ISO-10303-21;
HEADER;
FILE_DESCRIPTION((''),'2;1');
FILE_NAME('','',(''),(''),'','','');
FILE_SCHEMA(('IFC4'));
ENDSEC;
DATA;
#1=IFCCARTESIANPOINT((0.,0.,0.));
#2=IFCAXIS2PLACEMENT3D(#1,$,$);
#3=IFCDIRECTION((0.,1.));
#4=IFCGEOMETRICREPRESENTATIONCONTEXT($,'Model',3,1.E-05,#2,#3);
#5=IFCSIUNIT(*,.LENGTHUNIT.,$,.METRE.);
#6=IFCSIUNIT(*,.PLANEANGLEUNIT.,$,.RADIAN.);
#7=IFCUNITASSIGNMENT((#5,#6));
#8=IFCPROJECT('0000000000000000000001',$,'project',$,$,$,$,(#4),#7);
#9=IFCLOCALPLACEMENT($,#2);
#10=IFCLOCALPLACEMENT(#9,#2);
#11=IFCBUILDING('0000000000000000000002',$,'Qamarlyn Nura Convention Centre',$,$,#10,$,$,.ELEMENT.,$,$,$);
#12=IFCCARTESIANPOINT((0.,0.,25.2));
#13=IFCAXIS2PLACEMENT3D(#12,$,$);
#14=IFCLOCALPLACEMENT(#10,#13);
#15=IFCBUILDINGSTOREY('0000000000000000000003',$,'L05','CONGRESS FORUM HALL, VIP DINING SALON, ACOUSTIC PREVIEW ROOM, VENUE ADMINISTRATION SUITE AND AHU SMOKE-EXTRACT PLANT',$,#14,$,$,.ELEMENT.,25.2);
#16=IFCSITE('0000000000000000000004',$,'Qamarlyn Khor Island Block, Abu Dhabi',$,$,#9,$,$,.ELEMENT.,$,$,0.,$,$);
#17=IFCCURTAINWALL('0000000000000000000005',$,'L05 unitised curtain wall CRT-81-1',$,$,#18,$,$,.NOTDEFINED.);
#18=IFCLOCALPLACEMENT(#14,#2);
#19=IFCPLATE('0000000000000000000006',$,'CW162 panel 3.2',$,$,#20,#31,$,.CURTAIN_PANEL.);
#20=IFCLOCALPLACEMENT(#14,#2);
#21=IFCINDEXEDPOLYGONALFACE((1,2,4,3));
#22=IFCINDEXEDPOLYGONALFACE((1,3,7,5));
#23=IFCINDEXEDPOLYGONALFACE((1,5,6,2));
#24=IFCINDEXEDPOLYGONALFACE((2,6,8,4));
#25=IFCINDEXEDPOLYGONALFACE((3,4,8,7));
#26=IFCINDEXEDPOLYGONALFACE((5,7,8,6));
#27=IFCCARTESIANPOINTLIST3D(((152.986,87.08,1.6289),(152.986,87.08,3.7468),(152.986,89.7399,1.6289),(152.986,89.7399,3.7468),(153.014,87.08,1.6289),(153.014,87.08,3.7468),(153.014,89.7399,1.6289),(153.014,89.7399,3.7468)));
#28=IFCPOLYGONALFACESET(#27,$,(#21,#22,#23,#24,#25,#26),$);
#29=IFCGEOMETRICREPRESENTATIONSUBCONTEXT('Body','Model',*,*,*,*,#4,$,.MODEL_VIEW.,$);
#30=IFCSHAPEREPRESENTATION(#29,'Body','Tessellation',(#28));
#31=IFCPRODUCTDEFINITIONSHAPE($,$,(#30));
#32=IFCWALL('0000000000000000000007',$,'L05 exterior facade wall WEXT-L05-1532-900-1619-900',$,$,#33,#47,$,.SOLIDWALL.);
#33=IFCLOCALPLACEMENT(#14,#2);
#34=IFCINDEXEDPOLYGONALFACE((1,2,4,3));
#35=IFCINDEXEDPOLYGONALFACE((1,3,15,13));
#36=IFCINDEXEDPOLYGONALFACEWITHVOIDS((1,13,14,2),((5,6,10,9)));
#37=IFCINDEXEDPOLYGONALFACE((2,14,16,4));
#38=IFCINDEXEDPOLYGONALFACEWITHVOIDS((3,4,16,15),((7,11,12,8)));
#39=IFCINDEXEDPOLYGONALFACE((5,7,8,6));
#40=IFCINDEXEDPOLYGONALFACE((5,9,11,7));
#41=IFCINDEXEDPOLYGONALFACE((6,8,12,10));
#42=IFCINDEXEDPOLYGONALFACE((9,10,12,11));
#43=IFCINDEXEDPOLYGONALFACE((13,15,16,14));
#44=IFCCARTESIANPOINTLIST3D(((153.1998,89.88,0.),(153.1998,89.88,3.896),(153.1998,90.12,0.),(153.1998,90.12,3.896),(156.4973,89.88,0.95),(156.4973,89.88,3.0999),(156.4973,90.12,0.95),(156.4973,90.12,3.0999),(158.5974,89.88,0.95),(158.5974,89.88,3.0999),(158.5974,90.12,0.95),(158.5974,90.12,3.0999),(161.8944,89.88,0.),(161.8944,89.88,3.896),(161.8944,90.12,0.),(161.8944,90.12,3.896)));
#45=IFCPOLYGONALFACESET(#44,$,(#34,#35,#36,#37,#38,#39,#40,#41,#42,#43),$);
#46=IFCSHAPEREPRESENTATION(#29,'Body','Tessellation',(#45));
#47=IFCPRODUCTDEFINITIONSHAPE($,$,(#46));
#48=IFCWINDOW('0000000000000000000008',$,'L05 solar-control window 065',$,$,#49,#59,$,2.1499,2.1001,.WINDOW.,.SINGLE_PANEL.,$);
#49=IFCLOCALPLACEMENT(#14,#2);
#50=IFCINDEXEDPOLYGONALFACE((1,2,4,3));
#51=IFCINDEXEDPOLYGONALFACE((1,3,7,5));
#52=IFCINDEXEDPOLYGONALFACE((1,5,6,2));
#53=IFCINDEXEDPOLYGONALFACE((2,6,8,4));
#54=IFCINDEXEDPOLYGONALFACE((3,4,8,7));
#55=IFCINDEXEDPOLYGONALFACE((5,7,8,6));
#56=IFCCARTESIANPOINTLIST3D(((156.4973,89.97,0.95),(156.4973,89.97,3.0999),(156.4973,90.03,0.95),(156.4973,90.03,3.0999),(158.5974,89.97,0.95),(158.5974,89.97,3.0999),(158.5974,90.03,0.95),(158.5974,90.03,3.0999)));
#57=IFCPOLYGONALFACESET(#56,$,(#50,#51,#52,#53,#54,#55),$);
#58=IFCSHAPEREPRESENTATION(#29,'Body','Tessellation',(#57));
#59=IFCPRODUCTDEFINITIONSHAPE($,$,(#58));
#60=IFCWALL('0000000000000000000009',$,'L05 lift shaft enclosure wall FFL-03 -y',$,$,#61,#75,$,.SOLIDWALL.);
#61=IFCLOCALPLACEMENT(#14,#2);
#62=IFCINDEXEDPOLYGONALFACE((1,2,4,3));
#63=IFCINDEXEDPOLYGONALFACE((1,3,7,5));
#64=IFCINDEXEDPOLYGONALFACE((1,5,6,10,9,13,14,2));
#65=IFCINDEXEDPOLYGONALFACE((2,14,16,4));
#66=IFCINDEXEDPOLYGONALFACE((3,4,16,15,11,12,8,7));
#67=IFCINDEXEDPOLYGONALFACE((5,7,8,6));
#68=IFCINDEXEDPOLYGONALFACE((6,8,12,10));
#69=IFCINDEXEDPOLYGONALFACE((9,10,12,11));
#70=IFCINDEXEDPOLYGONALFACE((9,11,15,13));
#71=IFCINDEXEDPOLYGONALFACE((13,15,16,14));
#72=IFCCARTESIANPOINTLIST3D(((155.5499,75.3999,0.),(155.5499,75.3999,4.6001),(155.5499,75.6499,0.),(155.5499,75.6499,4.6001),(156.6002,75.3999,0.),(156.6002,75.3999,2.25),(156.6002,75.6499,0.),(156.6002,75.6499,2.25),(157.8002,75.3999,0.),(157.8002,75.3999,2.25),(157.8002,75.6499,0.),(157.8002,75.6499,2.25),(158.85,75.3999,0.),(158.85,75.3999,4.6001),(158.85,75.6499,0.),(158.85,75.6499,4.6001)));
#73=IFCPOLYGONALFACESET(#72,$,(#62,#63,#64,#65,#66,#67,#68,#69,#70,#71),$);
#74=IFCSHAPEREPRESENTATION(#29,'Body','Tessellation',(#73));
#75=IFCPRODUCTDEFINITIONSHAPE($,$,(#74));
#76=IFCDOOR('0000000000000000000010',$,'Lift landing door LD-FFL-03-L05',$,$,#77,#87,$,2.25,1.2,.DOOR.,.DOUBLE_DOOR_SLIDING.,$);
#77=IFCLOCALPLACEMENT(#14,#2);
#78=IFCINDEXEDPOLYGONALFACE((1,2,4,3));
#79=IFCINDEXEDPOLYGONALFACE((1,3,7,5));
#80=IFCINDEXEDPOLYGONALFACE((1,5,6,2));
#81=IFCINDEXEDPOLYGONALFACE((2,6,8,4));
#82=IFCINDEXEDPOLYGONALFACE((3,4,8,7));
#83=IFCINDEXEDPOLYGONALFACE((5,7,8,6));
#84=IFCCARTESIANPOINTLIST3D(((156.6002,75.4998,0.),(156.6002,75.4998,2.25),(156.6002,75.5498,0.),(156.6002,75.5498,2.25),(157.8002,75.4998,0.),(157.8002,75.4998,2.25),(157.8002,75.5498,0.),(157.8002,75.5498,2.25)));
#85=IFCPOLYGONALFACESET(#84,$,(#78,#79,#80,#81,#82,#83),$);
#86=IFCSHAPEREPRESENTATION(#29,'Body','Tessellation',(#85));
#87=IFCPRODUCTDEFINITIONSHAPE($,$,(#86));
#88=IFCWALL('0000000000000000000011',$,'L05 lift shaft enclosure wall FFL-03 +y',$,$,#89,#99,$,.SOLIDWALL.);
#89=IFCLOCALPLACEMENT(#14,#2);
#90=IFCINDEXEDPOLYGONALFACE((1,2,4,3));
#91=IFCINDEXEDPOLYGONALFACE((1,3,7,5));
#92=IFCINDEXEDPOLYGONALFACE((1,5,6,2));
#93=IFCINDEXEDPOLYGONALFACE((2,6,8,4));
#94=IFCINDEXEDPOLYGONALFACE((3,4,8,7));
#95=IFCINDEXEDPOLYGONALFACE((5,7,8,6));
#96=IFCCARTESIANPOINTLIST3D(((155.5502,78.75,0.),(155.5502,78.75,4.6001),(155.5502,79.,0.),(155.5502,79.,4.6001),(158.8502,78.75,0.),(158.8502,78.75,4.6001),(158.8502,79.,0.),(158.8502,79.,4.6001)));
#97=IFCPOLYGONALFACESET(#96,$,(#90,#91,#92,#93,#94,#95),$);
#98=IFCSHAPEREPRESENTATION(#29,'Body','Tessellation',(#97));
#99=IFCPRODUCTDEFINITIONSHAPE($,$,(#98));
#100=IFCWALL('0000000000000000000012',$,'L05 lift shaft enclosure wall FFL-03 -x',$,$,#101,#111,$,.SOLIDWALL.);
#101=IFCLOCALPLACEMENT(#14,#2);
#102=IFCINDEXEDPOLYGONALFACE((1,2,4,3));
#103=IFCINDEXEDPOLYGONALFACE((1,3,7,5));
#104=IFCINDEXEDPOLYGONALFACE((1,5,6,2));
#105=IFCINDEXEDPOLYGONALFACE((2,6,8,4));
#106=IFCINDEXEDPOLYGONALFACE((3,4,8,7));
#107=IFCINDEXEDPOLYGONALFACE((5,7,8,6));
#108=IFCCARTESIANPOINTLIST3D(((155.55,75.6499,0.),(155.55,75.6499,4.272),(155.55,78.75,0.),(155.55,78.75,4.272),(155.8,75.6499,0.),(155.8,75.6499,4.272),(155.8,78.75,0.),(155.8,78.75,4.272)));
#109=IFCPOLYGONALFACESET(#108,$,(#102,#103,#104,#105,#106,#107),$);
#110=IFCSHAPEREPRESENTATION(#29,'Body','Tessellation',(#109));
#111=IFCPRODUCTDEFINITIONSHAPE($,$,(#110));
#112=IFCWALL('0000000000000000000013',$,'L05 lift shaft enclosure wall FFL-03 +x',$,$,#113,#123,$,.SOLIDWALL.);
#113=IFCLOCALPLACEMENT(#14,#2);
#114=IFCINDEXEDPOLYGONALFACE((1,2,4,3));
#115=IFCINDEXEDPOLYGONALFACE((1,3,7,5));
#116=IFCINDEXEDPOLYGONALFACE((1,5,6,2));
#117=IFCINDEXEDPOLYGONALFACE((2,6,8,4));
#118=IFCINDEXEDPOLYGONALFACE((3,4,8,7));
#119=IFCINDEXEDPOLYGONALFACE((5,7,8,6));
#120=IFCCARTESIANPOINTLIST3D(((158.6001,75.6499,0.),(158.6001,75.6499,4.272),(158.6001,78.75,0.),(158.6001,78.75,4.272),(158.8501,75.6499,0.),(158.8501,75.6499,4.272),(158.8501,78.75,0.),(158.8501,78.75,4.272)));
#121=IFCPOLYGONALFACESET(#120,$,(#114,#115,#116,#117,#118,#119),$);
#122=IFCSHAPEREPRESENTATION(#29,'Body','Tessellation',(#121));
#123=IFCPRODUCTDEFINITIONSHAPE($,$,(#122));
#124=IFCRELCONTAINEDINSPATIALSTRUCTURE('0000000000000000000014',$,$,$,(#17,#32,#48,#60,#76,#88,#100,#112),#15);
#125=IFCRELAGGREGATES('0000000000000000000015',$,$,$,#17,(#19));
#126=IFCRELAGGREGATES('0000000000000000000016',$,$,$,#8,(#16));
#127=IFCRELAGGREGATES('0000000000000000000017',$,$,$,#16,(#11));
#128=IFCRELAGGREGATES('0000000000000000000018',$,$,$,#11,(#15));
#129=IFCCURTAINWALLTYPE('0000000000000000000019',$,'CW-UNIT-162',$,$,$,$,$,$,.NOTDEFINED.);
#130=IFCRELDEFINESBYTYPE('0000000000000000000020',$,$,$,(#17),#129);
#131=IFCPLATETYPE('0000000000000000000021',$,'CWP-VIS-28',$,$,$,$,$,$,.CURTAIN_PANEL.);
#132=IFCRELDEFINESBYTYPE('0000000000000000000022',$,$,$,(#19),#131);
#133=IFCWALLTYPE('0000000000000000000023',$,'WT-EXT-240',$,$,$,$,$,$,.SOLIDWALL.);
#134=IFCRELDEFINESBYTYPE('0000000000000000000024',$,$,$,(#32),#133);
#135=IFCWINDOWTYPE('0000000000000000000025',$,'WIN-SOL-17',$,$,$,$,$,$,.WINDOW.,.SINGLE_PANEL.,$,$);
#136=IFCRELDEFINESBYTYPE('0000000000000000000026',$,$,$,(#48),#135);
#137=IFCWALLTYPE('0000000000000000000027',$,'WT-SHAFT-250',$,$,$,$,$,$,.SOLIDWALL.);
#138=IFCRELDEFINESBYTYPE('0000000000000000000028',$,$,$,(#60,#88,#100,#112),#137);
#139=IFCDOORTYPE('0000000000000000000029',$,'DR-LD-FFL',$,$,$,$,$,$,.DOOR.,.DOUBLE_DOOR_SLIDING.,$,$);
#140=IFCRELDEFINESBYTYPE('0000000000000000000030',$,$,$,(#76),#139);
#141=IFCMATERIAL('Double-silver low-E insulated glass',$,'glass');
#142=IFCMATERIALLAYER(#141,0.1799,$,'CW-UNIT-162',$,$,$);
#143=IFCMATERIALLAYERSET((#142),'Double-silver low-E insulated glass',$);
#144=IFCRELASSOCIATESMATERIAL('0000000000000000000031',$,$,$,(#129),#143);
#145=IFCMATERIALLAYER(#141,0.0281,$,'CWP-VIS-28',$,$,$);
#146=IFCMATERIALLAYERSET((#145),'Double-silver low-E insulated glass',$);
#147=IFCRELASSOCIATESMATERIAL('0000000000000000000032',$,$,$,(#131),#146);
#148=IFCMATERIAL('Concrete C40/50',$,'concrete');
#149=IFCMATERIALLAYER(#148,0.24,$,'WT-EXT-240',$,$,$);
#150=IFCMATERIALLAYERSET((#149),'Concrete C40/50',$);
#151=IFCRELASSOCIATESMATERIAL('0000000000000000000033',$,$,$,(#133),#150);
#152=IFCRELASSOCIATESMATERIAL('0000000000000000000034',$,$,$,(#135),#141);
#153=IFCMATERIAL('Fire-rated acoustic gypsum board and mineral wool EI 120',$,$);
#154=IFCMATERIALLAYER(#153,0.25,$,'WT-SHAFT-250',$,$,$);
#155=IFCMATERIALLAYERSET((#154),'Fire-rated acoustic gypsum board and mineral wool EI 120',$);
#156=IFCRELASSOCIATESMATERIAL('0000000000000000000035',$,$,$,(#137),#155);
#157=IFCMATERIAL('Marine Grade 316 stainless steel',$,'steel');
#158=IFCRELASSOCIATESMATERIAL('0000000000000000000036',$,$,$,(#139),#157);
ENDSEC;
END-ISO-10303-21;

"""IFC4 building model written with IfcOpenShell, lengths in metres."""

from ifc_helpers import new_model, si_unit, direction, frame, frame_2d, origin, origin_2d, place, context, subcontext, project, spatial, rectangle, extrude, material, layer, layer_set, type_object, element, fill, aggregate, save


model = new_model("IFC4")

# Units and contexts
model_context = context("Model", 3, precision=1e-05, world=origin(), true_north=direction((0.0, 1.0)))
body_context = subcontext(model_context, "Body", "Model", "MODEL_VIEW")
ifc_project = project(units=[si_unit("LENGTHUNIT", "METRE"), si_unit("PLANEANGLEUNIT", "RADIAN")], contexts=[model_context])

# Site, building, storey
site_placement = place(None, origin())
site = spatial("IfcSite", under=ifc_project, at=site_placement, Name="Qamarlyn Khor Island Block, Abu Dhabi", CompositionType="ELEMENT", RefElevation=0.0)
building_placement = place(site_placement, origin())
building = spatial("IfcBuilding", under=site, at=building_placement, Name="Qamarlyn Nura Convention Centre", CompositionType="ELEMENT")
storey_placement = place(building_placement, frame((0.0, 0.0, 25.2)))
storey = spatial("IfcBuildingStorey", under=building, at=storey_placement, Name="L05", Description="CONGRESS FORUM HALL, VIP DINING SALON, ACOUSTIC PREVIEW ROOM, VENUE ADMINISTRATION SUITE AND AHU SMOKE-EXTRACT PLANT", CompositionType="ELEMENT", Elevation=25.2)

# Curtain wall, plate
ifc_material_1 = material(Name="Double-silver low-E insulated glass", Category="glass")
ifc_layer_1 = layer(ifc_material_1, 0.1799, Name="CW-UNIT-162")
ifc_layer_set_1 = layer_set([ifc_layer_1], Name="Double-silver low-E insulated glass")
curtain_wall_type = type_object("IfcCurtainWallType", Name="CW-UNIT-162", PredefinedType="NOTDEFINED", material=ifc_layer_set_1)
curtain_wall_placement = place(storey_placement, origin())
curtain_wall = element("IfcCurtainWall", 1, at=curtain_wall_placement, inside=storey, type_object=curtain_wall_type, Name="L05 unitised curtain wall CRT-81-1", PredefinedType="NOTDEFINED")
ifc_layer_2 = layer(ifc_material_1, 0.0281, Name="CWP-VIS-28")
ifc_layer_set_2 = layer_set([ifc_layer_2], Name="Double-silver low-E insulated glass")
plate_type = type_object("IfcPlateType", Name="CWP-VIS-28", PredefinedType="CURTAIN_PANEL", material=ifc_layer_set_2)
plate_1_placement = place(storey_placement, frame((153.0, 88.4099, 1.6289), z_axis=(0.0, 0.0, 1.0), x_axis=(0.0, 1.0, 0.0)))
plate_1 = element("IfcPlate", 2, at=plate_1_placement, type_object=plate_type, Name="CW162 panel 3.2", PredefinedType="CURTAIN_PANEL", context=body_context, shape_type="SweptSolid", body=[
    extrude(rectangle(XDim=2.6599, YDim=0.0281, at=origin_2d()), origin(), (0.0, 0.0, 1.0), 2.1179),
])
aggregate(curtain_wall, [plate_1])

# Wall, opening, window
ifc_material_2 = material(Name="Concrete C40/50", Category="concrete")
ifc_layer_3 = layer(ifc_material_2, 0.24, Name="WT-EXT-240")
ifc_layer_set_3 = layer_set([ifc_layer_3], Name="Concrete C40/50")
wall_type_1 = type_object("IfcWallType", Name="WT-EXT-240", PredefinedType="SOLIDWALL", material=ifc_layer_set_3)
wall_1_placement = place(storey_placement, frame((153.2, 90.0, 0.0), z_axis=(0.0, 0.0, 1.0), x_axis=(1.0, 0.0, 0.0)))
wall_1 = element("IfcWall", 3, at=wall_1_placement, inside=storey, type_object=wall_type_1, Name="L05 exterior facade wall WEXT-L05-1532-900-1619-900", PredefinedType="SOLIDWALL", context=body_context, shape_type="SweptSolid", body=[
    extrude(rectangle(XDim=8.6946, YDim=0.24, at=frame_2d((4.3472, 0.0))), origin(), (0.0, 0.0, 1.0), 3.896),
])
opening_1_placement = place(wall_1_placement, frame((3.2974, 0.0, 0.95)))
opening_1 = element("IfcOpeningElement", 4, at=opening_1_placement, cuts=wall_1, PredefinedType="OPENING", context=body_context, shape_type="SweptSolid", body=[
    extrude(rectangle(XDim=2.1001, YDim=2.1499, at=frame_2d((1.05, 1.075))), frame((0.0, 0.1299, 0.0), z_axis=(0.0, -1.0, 0.0), x_axis=(1.0, 0.0, 0.0)), (0.0, 0.0, 1.0), 0.26),
])
window_type = type_object("IfcWindowType", Name="WIN-SOL-17", PartitioningType="SINGLE_PANEL", PredefinedType="WINDOW", material=ifc_material_1)
window_placement = place(opening_1_placement, origin())
window = element("IfcWindow", 5, at=window_placement, inside=storey, type_object=window_type, Name="L05 solar-control window 065", OverallHeight=2.1499, OverallWidth=2.1001, PartitioningType="SINGLE_PANEL", PredefinedType="WINDOW", context=body_context, shape_type="SweptSolid", body=[
    extrude(rectangle(XDim=2.1001, YDim=2.1499, at=frame_2d((1.05, 1.075))), frame((0.0, 0.03, 0.0), z_axis=(0.0, -1.0, 0.0), x_axis=(1.0, 0.0, 0.0)), (0.0, 0.0, 1.0), 0.0601),
])
fill(opening_1, window)

# Wall, opening, door
ifc_material_3 = material(Name="Fire-rated acoustic gypsum board and mineral wool EI 120")
ifc_layer_4 = layer(ifc_material_3, 0.25, Name="WT-SHAFT-250")
ifc_layer_set_4 = layer_set([ifc_layer_4], Name="Fire-rated acoustic gypsum board and mineral wool EI 120")
wall_type_2 = type_object("IfcWallType", Name="WT-SHAFT-250", PredefinedType="SOLIDWALL", material=ifc_layer_set_4)
wall_2_placement = place(storey_placement, frame((155.55, 75.5249, 0.0), z_axis=(0.0, 0.0, 1.0), x_axis=(1.0, 0.0, 0.0)))
wall_2 = element("IfcWall", 6, at=wall_2_placement, inside=storey, type_object=wall_type_2, Name="L05 lift shaft enclosure wall FFL-03 -y", PredefinedType="SOLIDWALL", context=body_context, shape_type="SweptSolid", body=[
    extrude(rectangle(XDim=3.3, YDim=0.25, at=frame_2d((1.6499, 0.0))), origin(), (0.0, 0.0, 1.0), 4.6001),
])
opening_2_placement = place(wall_2_placement, frame((1.05, 0.0, 0.0)))
opening_2 = element("IfcOpeningElement", 7, at=opening_2_placement, cuts=wall_2, PredefinedType="OPENING", context=body_context, shape_type="SweptSolid", body=[
    extrude(rectangle(XDim=1.2, YDim=2.25, at=frame_2d((0.6001, 1.125))), frame((0.0, 0.135, 0.0), z_axis=(0.0, -1.0, 0.0), x_axis=(1.0, 0.0, 0.0)), (0.0, 0.0, 1.0), 0.27),
])
ifc_material_4 = material(Name="Marine Grade 316 stainless steel", Category="steel")
door_type = type_object("IfcDoorType", Name="DR-LD-FFL", OperationType="DOUBLE_DOOR_SLIDING", PredefinedType="DOOR", material=ifc_material_4)
door_placement = place(opening_2_placement, origin())
door = element("IfcDoor", 8, at=door_placement, inside=storey, type_object=door_type, Name="Lift landing door LD-FFL-03-L05", OperationType="DOUBLE_DOOR_SLIDING", OverallHeight=2.25, OverallWidth=1.2, PredefinedType="DOOR", context=body_context, shape_type="SweptSolid", body=[
    extrude(rectangle(XDim=1.2, YDim=2.25, at=frame_2d((0.6001, 1.125))), frame((0.0, 0.0249, 0.0), z_axis=(0.0, -1.0, 0.0), x_axis=(1.0, 0.0, 0.0)), (0.0, 0.0, 1.0), 0.05),
])
fill(opening_2, door)

# Walls
wall_3_placement = place(storey_placement, frame((158.8501, 78.875, 0.0), z_axis=(0.0, 0.0, 1.0), x_axis=(-1.0, 0.0, 0.0)))
element("IfcWall", 9, at=wall_3_placement, inside=storey, type_object=wall_type_2, Name="L05 lift shaft enclosure wall FFL-03 +y", PredefinedType="SOLIDWALL", context=body_context, shape_type="SweptSolid", body=[
    extrude(rectangle(XDim=3.3, YDim=0.25, at=frame_2d((1.6499, 0.0))), origin(), (0.0, 0.0, 1.0), 4.6001),
])
for number, where, z_axis, x_axis, name in (
    (10, (155.675, 78.75, 0.0), (0.0, 0.0, 1.0), (0.0, -1.0, 0.0), "L05 lift shaft enclosure wall FFL-03 -x"),
    (11, (158.7251, 75.6499, 0.0), (0.0, 0.0, 1.0), (0.0, 1.0, 0.0), "L05 lift shaft enclosure wall FFL-03 +x"),
):
    element("IfcWall", number, at=place(storey_placement, frame(where, z_axis=z_axis, x_axis=x_axis)), inside=storey, type_object=wall_type_2, Name=name, PredefinedType="SOLIDWALL", context=body_context, shape_type="SweptSolid", body=[
        extrude(rectangle(XDim=3.1001, YDim=0.25, at=frame_2d((1.55, 0.0))), origin(), (0.0, 0.0, 1.0), 4.272),
    ])

save(model, "model.ifc")
